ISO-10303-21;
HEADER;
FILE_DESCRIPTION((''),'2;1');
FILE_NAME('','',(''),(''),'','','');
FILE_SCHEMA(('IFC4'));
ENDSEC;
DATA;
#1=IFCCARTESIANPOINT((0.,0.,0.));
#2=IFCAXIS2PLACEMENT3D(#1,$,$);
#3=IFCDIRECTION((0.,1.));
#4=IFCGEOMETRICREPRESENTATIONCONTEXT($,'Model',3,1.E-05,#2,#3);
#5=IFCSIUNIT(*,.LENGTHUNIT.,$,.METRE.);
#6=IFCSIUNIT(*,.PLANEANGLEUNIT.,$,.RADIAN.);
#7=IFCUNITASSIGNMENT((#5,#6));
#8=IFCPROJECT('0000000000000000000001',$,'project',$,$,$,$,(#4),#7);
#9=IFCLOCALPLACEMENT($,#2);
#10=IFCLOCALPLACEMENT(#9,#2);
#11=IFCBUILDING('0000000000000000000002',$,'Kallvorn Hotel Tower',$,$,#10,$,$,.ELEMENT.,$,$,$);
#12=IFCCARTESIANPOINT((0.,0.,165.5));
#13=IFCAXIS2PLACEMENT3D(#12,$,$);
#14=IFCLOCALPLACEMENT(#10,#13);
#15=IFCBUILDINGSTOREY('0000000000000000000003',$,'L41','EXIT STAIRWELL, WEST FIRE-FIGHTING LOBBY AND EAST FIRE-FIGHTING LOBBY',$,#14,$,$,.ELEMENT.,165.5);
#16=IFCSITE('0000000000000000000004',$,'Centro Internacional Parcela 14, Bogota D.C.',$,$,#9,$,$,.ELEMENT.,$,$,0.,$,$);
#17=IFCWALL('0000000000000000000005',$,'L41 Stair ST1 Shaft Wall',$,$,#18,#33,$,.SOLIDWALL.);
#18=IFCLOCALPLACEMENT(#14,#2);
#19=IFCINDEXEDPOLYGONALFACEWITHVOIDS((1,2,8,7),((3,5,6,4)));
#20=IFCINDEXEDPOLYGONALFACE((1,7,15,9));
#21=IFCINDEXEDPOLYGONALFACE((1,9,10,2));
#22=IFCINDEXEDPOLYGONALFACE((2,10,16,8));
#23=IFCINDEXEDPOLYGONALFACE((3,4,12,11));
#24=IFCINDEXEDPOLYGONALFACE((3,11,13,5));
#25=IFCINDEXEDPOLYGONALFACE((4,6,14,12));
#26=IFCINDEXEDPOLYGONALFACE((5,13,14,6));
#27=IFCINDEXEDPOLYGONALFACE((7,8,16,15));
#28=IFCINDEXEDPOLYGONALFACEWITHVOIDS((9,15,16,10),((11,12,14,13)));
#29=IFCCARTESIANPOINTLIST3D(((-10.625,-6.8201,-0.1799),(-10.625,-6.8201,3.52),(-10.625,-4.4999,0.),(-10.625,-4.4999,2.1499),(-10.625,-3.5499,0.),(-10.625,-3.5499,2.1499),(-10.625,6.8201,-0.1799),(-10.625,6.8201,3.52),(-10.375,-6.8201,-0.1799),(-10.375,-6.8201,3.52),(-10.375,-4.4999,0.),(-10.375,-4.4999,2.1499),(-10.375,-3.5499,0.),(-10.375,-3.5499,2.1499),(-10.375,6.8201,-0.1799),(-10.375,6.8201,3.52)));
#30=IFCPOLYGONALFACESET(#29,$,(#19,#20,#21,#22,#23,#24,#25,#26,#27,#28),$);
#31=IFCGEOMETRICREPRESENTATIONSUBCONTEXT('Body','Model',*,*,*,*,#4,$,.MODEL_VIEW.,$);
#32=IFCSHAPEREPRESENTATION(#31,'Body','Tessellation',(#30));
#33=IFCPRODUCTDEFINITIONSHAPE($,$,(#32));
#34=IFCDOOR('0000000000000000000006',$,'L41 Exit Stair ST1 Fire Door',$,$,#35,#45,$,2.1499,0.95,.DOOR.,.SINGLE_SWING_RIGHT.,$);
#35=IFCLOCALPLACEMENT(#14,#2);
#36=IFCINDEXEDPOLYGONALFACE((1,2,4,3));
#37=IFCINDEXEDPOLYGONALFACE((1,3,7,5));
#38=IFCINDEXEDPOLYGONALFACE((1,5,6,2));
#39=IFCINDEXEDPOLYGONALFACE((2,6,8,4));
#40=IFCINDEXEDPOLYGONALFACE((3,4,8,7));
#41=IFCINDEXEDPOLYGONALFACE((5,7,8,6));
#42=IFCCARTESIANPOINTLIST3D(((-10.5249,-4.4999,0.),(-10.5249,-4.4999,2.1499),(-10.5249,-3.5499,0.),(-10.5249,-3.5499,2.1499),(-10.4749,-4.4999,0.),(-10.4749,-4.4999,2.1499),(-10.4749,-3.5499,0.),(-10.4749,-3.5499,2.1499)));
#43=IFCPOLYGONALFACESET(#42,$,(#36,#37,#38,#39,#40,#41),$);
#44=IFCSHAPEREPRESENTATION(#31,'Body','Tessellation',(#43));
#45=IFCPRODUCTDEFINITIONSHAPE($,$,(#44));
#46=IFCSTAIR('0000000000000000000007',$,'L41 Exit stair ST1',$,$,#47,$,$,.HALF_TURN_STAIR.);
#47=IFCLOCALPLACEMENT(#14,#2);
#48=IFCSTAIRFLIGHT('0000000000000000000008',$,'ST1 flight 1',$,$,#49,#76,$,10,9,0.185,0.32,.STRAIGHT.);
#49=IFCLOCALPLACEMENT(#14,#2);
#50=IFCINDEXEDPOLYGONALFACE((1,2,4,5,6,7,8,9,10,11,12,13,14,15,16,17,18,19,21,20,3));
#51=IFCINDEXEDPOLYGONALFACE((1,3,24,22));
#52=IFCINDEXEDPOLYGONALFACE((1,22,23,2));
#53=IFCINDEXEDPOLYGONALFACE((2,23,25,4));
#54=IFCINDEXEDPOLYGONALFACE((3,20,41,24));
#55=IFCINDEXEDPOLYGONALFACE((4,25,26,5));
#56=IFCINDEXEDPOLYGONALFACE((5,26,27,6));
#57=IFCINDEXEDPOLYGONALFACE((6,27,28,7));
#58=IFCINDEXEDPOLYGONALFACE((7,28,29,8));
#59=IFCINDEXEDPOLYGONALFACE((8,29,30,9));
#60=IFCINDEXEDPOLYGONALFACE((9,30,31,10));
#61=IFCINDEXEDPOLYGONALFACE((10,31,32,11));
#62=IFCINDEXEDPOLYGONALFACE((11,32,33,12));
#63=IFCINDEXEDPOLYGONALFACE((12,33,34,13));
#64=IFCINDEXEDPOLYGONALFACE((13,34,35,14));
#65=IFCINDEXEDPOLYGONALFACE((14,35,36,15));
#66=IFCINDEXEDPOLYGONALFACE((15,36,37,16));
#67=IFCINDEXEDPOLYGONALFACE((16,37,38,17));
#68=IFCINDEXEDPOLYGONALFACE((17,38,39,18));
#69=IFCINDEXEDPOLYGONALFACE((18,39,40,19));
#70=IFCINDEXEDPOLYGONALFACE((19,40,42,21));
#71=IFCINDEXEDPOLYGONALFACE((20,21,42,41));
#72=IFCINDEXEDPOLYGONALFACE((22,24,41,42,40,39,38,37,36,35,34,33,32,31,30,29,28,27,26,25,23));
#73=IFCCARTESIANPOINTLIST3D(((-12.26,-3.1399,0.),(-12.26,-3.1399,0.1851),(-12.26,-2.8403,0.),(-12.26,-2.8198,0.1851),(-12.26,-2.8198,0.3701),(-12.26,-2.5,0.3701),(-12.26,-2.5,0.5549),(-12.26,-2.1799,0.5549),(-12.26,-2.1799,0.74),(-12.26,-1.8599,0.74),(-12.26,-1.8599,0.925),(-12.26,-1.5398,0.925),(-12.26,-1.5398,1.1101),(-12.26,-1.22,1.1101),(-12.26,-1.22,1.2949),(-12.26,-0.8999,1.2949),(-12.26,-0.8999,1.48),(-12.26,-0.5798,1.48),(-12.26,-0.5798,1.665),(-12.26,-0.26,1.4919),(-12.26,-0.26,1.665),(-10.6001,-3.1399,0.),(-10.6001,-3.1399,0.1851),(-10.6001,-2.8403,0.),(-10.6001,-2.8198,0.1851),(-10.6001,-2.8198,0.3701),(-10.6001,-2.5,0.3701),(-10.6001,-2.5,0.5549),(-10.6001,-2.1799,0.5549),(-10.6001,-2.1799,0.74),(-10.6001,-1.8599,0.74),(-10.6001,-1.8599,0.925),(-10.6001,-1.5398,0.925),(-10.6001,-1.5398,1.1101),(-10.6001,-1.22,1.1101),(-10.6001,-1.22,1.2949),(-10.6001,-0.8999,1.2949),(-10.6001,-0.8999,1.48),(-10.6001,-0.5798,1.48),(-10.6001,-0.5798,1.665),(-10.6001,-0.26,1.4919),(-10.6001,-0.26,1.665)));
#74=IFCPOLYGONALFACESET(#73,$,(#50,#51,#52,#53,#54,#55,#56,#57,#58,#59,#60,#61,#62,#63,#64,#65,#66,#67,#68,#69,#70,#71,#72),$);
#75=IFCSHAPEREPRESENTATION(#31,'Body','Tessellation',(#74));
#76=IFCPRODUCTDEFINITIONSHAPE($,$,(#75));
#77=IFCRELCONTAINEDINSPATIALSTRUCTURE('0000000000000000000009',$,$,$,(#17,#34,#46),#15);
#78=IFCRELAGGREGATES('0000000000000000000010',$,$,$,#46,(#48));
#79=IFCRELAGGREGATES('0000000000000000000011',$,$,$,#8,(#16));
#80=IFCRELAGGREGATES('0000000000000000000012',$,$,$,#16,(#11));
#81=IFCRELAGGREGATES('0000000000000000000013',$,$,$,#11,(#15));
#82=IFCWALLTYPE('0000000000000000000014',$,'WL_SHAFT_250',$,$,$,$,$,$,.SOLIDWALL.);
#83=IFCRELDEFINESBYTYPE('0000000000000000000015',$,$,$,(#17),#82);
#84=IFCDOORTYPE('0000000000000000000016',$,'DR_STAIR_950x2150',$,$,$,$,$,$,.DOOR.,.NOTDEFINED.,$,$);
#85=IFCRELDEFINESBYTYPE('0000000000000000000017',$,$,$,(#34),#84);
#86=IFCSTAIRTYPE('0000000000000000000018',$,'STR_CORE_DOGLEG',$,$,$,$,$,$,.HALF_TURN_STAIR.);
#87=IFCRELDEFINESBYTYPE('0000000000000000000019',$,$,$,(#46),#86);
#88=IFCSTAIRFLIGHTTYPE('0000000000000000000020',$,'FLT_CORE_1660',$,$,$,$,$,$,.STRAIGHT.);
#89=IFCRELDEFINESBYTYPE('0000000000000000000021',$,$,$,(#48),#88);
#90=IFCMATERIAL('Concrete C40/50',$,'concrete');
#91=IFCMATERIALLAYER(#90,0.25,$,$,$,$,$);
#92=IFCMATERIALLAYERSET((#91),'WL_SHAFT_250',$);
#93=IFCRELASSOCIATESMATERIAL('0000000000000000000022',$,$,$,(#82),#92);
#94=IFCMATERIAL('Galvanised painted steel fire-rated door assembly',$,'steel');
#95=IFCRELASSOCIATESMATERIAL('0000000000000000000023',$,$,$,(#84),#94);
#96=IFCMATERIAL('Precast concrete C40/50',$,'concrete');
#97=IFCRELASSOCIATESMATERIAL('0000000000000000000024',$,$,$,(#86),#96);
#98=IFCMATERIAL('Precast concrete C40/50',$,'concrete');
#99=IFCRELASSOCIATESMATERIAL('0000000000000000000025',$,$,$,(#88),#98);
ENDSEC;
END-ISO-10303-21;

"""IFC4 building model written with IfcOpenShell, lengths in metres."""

from ifc_helpers import new_model, si_unit, direction, frame, frame_2d, origin, place, context, subcontext, project, spatial, polyline, rectangle, outline, extrude, material, layer, layer_set, type_object, element, fill, aggregate, save


model = new_model("IFC4")

# Units and contexts
model_context = context("Model", 3, precision=1e-05, world=origin(), true_north=direction((0.0, 1.0)))
body_context = subcontext(model_context, "Body", "Model", "MODEL_VIEW")
ifc_project = project(units=[si_unit("LENGTHUNIT", "METRE"), si_unit("PLANEANGLEUNIT", "RADIAN")], contexts=[model_context])

# Site, building, storey
site_placement = place(None, origin())
site = spatial("IfcSite", under=ifc_project, at=site_placement, Name="Centro Internacional Parcela 14, Bogota D.C.", CompositionType="ELEMENT", RefElevation=0.0)
building_placement = place(site_placement, origin())
building = spatial("IfcBuilding", under=site, at=building_placement, Name="Kallvorn Hotel Tower", CompositionType="ELEMENT")
storey_placement = place(building_placement, frame((0.0, 0.0, 165.5)))
storey = spatial("IfcBuildingStorey", under=building, at=storey_placement, Name="L41", Description="EXIT STAIRWELL, WEST FIRE-FIGHTING LOBBY AND EAST FIRE-FIGHTING LOBBY", CompositionType="ELEMENT", Elevation=165.5)

# Shared definitions
ifc_material_1 = material(Name="Concrete C40/50", Category="concrete")
ifc_layer_1 = layer(ifc_material_1, 0.25)
ifc_layer_set_1 = layer_set([ifc_layer_1], Name="WL_SHAFT_250")
wall_type_1 = type_object("IfcWallType", Name="WL_SHAFT_250", PredefinedType="SOLIDWALL", material=ifc_layer_set_1)

# Wall, opening, door
wall_1_placement = place(storey_placement, frame((-10.5, -6.8201, -0.1799), z_axis=(0.0, 0.0, 1.0), x_axis=(0.0, 1.0, 0.0)))
wall_1 = element("IfcWall", 1, at=wall_1_placement, inside=storey, type_object=wall_type_1, Name="L41 Stair ST1 Shaft Wall", PredefinedType="SOLIDWALL", context=body_context, shape_type="SweptSolid", body=[
    extrude(rectangle(XDim=13.6401, YDim=0.25, at=frame_2d((6.8201, 0.0))), origin(), (0.0, 0.0, 1.0), 3.7),
])
opening_1_placement = place(wall_1_placement, frame((2.3201, 0.0, 0.1799)))
opening_1 = element("IfcOpeningElement", 2, at=opening_1_placement, cuts=wall_1, PredefinedType="OPENING", context=body_context, shape_type="SweptSolid", body=[
    extrude(rectangle(XDim=0.95, YDim=2.1499, at=frame_2d((0.4751, 1.075))), frame((0.0, 0.1399, 0.0), z_axis=(0.0, -1.0, 0.0), x_axis=(1.0, 0.0, 0.0)), (0.0, 0.0, 1.0), 0.28),
])
ifc_material_2 = material(Name="Galvanised painted steel fire-rated door assembly", Category="steel")
door_type_1 = type_object("IfcDoorType", Name="DR_STAIR_950x2150", OperationType="NOTDEFINED", PredefinedType="DOOR", material=ifc_material_2)
door_1_placement = place(opening_1_placement, origin())
door_1 = element("IfcDoor", 3, at=door_1_placement, inside=storey, type_object=door_type_1, Name="L41 Exit Stair ST1 Fire Door", OperationType="SINGLE_SWING_RIGHT", OverallHeight=2.1499, OverallWidth=0.95, PredefinedType="DOOR", context=body_context, shape_type="SweptSolid", body=[
    extrude(rectangle(XDim=0.95, YDim=2.1499, at=frame_2d((0.4751, 1.075))), frame((0.0, 0.0249, 0.0), z_axis=(0.0, -1.0, 0.0), x_axis=(1.0, 0.0, 0.0)), (0.0, 0.0, 1.0), 0.05),
])
fill(opening_1, door_1)

# Stair, stair flight
ifc_material_3 = material(Name="Precast concrete C40/50", Category="concrete")
stair_type = type_object("IfcStairType", Name="STR_CORE_DOGLEG", PredefinedType="HALF_TURN_STAIR", material=ifc_material_3)
stair_placement = place(storey_placement, origin())
stair = element("IfcStair", 4, at=stair_placement, inside=storey, type_object=stair_type, Name="L41 Exit stair ST1", PredefinedType="HALF_TURN_STAIR")
ifc_material_4 = material(Name="Precast concrete C40/50", Category="concrete")
stair_flight_type = type_object("IfcStairFlightType", Name="FLT_CORE_1660", PredefinedType="STRAIGHT", material=ifc_material_4)
stair_flight_placement = place(storey_placement, frame((-11.4299, -3.1399, 0.0), z_axis=(0.0, 0.0, 1.0), x_axis=(0.0, 1.0, 0.0)))
stair_flight = element("IfcStairFlight", 5, at=stair_flight_placement, type_object=stair_flight_type, Name="ST1 flight 1", NumberOfRisers=10, NumberOfTreads=9, PredefinedType="STRAIGHT", RiserHeight=0.185, TreadLength=0.32, context=body_context, shape_type="SweptSolid", body=[
    extrude(outline(polyline([(0.0, 0.0), (0.0, 0.1851), (0.3201, 0.1851), (0.3201, 0.3701), (0.6399, 0.3701), (0.6399, 0.5549), (0.96, 0.5549), (0.96, 0.74), (1.28, 0.74), (1.28, 0.925), (1.6001, 0.925), (1.6001, 1.1101), (1.9199, 1.1101), (1.9199, 1.2949), (2.24, 1.2949), (2.24, 1.48), (2.5601, 1.48), (2.5601, 1.665), (2.8799, 1.665), (2.8799, 1.8501), (2.8799, 1.4919), (0.2996, 0.0), (0.0, 0.0)])), frame((0.0, 0.8301, 0.0), z_axis=(0.0, -1.0, 0.0), x_axis=(1.0, 0.0, 0.0)), (0.0, 0.0, 1.0), 1.6599),
])
aggregate(stair, [stair_flight])

save(model, "model.ifc")
